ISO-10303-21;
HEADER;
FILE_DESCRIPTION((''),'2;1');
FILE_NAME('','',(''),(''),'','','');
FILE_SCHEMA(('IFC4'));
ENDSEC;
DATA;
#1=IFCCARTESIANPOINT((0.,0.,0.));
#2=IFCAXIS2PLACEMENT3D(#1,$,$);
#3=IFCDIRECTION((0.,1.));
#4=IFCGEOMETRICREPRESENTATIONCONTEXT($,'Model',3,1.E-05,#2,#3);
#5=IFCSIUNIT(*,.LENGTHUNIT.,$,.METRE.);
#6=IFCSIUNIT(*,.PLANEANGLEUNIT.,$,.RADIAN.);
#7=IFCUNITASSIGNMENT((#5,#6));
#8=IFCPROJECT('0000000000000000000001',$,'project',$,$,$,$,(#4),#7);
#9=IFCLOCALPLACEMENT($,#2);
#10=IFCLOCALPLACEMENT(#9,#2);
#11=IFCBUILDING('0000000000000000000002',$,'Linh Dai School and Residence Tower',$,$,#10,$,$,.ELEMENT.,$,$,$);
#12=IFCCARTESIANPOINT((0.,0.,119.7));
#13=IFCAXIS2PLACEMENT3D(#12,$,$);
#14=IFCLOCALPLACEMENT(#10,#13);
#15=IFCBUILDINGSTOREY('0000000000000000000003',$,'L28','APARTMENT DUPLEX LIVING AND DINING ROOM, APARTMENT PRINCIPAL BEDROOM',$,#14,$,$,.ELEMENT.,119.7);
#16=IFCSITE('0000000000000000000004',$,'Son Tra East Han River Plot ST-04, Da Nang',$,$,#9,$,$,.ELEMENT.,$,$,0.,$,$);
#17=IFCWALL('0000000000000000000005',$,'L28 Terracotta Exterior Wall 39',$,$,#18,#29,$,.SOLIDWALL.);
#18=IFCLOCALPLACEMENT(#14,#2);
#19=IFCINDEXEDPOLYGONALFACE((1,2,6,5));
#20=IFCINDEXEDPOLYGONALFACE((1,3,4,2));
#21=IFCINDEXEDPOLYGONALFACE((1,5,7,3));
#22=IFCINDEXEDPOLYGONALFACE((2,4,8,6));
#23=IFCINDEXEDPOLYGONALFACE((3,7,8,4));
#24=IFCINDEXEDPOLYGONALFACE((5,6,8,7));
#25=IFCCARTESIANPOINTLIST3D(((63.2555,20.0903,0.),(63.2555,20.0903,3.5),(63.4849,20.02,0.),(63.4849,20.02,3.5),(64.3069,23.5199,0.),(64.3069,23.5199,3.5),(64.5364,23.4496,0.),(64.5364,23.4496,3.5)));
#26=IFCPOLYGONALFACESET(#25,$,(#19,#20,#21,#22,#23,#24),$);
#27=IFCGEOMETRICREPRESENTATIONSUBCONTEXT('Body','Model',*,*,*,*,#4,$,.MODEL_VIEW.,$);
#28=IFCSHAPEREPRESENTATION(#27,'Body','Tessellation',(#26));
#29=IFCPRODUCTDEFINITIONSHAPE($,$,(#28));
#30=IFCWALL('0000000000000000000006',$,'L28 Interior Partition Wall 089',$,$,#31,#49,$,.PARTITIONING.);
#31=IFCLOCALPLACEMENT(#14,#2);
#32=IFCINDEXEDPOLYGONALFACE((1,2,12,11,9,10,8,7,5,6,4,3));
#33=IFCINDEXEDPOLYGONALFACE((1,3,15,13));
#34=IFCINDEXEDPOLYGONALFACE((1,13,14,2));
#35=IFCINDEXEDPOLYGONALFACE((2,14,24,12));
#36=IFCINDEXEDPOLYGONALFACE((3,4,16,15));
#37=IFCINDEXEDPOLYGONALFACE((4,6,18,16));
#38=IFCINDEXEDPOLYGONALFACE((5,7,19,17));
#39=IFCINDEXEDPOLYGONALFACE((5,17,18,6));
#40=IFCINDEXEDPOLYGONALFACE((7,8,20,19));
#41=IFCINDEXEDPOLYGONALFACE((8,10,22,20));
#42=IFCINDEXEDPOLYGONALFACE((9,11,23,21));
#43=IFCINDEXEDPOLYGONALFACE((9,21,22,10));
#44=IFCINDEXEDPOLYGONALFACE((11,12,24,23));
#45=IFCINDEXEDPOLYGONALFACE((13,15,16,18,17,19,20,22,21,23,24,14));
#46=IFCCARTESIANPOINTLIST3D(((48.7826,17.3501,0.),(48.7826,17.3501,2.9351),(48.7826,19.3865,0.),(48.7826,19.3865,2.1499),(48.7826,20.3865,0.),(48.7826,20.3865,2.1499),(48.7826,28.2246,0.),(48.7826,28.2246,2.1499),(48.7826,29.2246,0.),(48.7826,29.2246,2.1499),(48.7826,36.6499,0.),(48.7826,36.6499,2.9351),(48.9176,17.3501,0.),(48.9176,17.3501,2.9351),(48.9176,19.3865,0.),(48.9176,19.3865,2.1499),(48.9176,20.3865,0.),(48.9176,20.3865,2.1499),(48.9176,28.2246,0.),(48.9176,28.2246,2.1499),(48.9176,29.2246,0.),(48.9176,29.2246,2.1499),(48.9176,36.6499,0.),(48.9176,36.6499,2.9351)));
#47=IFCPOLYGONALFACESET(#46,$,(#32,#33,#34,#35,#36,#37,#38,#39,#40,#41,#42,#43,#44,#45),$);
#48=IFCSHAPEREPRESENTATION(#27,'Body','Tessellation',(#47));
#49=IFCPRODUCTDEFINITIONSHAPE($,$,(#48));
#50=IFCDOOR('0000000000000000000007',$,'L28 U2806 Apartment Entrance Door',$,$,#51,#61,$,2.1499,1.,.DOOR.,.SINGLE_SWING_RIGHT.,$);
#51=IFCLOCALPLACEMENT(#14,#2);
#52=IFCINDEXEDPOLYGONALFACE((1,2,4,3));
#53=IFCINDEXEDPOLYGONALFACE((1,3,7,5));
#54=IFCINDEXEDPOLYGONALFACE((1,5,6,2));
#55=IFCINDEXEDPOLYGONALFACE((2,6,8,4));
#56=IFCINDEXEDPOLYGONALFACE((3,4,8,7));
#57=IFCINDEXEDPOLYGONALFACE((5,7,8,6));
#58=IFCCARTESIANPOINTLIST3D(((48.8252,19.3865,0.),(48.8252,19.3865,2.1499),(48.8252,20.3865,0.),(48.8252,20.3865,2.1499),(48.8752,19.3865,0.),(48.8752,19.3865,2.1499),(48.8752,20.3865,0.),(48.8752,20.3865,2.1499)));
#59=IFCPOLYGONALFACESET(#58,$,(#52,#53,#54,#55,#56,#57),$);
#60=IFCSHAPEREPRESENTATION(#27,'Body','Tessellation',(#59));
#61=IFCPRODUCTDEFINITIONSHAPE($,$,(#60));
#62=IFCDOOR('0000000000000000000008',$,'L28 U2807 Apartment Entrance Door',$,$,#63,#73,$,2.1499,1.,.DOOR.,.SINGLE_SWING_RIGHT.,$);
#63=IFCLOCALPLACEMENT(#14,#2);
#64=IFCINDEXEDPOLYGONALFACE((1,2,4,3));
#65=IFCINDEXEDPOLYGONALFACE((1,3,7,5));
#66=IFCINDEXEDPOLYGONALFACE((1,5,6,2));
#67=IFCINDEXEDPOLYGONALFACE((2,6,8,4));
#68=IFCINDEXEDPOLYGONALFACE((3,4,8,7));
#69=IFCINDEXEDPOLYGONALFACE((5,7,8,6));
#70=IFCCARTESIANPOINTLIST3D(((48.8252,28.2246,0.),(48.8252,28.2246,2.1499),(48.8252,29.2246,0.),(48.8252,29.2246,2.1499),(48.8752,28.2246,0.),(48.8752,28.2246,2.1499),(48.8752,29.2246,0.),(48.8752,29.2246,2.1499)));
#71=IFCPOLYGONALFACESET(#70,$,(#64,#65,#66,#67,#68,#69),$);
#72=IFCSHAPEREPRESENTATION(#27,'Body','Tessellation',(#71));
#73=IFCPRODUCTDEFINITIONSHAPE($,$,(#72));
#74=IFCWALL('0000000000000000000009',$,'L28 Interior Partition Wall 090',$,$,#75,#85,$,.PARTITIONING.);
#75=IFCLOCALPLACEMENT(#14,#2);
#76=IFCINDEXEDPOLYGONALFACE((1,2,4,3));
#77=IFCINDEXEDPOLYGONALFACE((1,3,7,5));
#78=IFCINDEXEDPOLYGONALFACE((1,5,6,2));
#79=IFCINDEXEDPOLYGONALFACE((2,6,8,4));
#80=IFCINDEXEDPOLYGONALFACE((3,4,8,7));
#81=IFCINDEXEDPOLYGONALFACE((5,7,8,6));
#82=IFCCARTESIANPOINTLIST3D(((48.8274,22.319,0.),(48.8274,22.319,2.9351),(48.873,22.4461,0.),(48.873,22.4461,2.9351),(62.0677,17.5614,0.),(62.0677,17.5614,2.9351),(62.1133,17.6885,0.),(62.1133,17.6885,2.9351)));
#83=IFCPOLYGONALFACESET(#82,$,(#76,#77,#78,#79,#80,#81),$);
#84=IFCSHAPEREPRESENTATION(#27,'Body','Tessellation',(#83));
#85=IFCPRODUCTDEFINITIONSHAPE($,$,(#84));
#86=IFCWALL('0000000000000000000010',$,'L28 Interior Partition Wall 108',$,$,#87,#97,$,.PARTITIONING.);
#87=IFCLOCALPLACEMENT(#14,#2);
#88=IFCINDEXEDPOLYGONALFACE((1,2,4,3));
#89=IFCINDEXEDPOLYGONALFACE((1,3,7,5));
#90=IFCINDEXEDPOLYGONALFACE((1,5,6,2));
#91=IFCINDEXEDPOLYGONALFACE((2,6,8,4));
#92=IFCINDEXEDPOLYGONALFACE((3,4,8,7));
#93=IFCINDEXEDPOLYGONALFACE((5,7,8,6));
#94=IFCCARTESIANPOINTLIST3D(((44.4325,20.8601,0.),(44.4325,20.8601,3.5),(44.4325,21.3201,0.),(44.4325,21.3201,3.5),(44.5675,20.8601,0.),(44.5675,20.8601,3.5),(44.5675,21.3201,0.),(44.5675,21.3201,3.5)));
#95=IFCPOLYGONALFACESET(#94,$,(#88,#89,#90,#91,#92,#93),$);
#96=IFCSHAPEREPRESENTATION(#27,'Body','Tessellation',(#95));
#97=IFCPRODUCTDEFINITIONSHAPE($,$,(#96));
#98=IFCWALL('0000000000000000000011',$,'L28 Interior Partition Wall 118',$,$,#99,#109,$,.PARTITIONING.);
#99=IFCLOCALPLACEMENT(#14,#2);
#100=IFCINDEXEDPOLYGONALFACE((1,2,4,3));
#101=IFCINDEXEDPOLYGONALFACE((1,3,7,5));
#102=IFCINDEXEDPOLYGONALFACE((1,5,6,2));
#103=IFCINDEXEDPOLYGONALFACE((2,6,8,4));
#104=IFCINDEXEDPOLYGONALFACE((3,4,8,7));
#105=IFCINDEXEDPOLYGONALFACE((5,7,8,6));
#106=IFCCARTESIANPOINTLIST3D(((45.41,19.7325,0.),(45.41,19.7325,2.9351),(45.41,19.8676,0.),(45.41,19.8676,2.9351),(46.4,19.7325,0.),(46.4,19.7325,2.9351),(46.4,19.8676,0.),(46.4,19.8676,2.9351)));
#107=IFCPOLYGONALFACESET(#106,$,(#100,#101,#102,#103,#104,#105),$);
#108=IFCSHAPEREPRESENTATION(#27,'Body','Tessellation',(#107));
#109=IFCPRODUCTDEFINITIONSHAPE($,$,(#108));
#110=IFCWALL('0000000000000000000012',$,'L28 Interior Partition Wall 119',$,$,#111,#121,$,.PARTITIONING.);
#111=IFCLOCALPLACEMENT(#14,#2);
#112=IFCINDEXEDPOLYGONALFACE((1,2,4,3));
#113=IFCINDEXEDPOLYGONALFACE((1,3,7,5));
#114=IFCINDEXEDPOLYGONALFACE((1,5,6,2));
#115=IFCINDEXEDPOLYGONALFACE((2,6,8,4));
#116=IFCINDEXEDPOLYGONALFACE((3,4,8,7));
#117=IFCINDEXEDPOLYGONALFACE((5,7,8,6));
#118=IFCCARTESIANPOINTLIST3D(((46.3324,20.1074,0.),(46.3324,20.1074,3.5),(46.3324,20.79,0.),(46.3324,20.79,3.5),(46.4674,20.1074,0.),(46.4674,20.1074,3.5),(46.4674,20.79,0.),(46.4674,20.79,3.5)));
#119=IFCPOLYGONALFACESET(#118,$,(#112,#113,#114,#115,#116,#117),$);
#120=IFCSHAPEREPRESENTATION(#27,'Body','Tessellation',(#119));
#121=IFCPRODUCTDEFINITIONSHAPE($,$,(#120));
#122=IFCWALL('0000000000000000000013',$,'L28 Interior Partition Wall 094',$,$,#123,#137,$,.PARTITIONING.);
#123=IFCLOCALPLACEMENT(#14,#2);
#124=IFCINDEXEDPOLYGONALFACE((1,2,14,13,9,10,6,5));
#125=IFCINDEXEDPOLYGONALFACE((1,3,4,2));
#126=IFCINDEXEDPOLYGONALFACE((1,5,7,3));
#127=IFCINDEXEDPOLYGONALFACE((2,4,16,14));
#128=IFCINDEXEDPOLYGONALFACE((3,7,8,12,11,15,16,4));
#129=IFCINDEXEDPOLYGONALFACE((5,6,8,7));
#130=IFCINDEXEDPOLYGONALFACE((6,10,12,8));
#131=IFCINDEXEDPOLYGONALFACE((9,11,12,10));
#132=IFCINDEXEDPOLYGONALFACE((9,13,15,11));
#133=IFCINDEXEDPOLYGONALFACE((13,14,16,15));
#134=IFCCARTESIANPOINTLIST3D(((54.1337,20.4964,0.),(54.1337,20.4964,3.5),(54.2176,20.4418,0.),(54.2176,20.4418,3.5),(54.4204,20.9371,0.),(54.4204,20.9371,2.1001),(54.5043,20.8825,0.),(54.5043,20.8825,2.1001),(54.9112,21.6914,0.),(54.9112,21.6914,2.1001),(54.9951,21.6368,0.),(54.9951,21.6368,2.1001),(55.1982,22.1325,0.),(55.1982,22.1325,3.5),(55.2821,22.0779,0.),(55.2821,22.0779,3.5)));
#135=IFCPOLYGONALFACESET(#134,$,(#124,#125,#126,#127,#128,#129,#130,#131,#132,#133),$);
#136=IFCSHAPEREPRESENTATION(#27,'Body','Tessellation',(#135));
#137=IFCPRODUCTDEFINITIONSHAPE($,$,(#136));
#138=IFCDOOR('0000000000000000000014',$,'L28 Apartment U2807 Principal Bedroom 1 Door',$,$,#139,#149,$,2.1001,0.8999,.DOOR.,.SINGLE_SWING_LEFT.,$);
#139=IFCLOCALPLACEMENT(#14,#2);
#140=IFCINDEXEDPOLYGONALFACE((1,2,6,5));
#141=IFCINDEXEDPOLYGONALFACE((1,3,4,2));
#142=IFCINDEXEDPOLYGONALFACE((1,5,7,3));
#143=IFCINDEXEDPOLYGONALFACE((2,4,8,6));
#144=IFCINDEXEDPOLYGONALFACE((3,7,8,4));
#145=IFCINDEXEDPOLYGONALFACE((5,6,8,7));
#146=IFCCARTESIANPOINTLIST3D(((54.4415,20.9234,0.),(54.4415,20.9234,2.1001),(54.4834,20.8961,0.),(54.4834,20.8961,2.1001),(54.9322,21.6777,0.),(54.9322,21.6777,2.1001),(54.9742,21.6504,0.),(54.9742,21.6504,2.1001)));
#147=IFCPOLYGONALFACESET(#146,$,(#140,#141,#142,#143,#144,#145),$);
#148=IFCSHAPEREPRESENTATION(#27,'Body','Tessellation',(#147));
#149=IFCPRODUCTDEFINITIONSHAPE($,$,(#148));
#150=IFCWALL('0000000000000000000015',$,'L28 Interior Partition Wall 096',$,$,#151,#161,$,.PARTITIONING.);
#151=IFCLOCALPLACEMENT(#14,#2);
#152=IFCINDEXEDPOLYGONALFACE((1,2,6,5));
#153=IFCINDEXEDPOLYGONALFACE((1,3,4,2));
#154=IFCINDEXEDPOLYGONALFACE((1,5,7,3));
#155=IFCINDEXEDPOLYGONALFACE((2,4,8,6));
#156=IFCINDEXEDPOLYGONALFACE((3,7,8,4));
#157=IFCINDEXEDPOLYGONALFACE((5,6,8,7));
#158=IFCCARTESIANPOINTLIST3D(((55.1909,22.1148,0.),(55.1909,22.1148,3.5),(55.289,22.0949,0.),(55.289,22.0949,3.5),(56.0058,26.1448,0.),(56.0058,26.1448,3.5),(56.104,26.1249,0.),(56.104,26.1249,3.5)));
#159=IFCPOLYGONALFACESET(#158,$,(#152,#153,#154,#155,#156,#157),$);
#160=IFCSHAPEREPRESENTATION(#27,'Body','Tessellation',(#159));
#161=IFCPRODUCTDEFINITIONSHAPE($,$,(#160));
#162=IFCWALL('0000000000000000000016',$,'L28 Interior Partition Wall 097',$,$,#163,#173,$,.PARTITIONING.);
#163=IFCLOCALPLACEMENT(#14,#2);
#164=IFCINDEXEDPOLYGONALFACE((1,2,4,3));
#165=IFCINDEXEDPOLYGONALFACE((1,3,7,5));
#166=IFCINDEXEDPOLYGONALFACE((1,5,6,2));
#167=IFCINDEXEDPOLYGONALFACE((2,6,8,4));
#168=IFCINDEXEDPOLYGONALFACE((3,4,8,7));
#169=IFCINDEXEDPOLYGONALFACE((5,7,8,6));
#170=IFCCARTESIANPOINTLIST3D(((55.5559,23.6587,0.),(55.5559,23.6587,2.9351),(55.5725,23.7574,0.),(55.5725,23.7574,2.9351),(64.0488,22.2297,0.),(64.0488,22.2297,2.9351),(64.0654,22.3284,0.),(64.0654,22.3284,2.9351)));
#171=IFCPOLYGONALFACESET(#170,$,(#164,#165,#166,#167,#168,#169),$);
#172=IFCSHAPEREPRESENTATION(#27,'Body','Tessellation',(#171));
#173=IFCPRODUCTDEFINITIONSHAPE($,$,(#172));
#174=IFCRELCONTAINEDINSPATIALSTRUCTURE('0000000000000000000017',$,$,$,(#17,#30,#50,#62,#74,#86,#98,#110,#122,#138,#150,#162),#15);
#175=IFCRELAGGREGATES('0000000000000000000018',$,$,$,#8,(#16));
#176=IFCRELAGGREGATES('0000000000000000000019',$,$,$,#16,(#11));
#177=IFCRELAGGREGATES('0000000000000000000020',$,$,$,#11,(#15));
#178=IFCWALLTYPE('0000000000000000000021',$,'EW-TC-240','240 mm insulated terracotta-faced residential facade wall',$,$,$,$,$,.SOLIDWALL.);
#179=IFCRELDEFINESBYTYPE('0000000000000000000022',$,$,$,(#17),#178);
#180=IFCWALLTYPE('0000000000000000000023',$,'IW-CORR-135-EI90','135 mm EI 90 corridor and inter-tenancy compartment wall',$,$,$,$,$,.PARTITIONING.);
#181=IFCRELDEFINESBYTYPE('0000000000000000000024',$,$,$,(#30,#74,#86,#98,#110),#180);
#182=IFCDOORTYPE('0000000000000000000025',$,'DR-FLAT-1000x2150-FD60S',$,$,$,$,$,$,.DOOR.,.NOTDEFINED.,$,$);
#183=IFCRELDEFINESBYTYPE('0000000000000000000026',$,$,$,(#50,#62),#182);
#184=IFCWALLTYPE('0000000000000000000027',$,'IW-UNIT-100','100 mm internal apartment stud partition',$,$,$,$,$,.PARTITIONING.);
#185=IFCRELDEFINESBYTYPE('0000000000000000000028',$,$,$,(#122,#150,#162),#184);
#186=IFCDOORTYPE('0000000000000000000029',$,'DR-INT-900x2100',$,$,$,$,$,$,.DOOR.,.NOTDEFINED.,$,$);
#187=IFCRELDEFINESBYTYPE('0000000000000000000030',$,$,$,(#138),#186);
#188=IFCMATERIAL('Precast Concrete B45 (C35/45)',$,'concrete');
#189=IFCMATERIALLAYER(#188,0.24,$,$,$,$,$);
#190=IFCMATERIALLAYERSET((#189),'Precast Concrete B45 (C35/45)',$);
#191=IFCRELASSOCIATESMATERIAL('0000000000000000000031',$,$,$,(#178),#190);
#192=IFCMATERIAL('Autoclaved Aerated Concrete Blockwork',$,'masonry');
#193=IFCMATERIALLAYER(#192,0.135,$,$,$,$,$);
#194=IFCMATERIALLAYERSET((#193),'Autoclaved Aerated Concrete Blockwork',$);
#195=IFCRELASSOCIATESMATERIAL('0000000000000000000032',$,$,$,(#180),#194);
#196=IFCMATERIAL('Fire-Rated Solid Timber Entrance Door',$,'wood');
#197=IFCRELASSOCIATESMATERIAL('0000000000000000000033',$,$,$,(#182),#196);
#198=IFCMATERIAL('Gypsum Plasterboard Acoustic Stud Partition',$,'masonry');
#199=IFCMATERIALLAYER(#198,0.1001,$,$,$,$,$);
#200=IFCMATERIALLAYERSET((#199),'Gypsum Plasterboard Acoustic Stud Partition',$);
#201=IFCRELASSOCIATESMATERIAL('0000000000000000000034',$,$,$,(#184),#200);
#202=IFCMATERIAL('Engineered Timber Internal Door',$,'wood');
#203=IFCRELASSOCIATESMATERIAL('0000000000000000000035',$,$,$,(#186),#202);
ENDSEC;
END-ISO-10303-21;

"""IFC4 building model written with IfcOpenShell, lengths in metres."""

from ifc_helpers import new_model, si_unit, direction, frame, frame_2d, origin, origin_2d, place, context, subcontext, project, spatial, rectangle, extrude, source, transform, mapped, material, layer, layer_set, type_object, element, fill, save


model = new_model("IFC4")

# Units and contexts
model_context = context("Model", 3, precision=1e-05, world=origin(), true_north=direction((0.0, 1.0)))
body_context = subcontext(model_context, "Body", "Model", "MODEL_VIEW")
ifc_project = project(units=[si_unit("LENGTHUNIT", "METRE"), si_unit("PLANEANGLEUNIT", "RADIAN")], contexts=[model_context])

# Site, building, storey
site_placement = place(None, origin())
site = spatial("IfcSite", under=ifc_project, at=site_placement, Name="Son Tra East Han River Plot ST-04, Da Nang", CompositionType="ELEMENT", RefElevation=0.0)
building_placement = place(site_placement, origin())
building = spatial("IfcBuilding", under=site, at=building_placement, Name="Linh Dai School and Residence Tower", CompositionType="ELEMENT")
storey_placement = place(building_placement, frame((0.0, 0.0, 119.7)))
storey = spatial("IfcBuildingStorey", under=building, at=storey_placement, Name="L28", Description="APARTMENT DUPLEX LIVING AND DINING ROOM, APARTMENT PRINCIPAL BEDROOM", CompositionType="ELEMENT", Elevation=119.7)

# Shared definitions
ifc_material_1 = material(Name="Precast Concrete B45 (C35/45)", Category="concrete")
ifc_layer_1 = layer(ifc_material_1, 0.24)
ifc_layer_set_1 = layer_set([ifc_layer_1], Name="Precast Concrete B45 (C35/45)")
wall_type_1 = type_object("IfcWallType", Name="EW-TC-240", Description="240 mm insulated terracotta-faced residential facade wall", PredefinedType="SOLIDWALL", material=ifc_layer_set_1)

# Wall
wall_1_placement = place(storey_placement, frame((64.4216, 23.4846, 0.0), z_axis=(0.0, 0.0, 1.0), x_axis=(-0.293124, -0.956074, 0.0)))
element("IfcWall", 1, at=wall_1_placement, inside=storey, type_object=wall_type_1, Name="L28 Terracotta Exterior Wall 39", PredefinedType="SOLIDWALL", context=body_context, shape_type="SweptSolid", body=[
    extrude(rectangle(XDim=3.5872, YDim=0.24, at=frame_2d((1.7935, 0.0))), origin(), (0.0, 0.0, 1.0), 3.5),
])

# Wall, openings, doors
ifc_material_2 = material(Name="Autoclaved Aerated Concrete Blockwork", Category="masonry")
ifc_layer_2 = layer(ifc_material_2, 0.135)
ifc_layer_set_2 = layer_set([ifc_layer_2], Name="Autoclaved Aerated Concrete Blockwork")
wall_type_2 = type_object("IfcWallType", Name="IW-CORR-135-EI90", Description="135 mm EI 90 corridor and inter-tenancy compartment wall", PredefinedType="PARTITIONING", material=ifc_layer_set_2)
wall_2_placement = place(storey_placement, frame((48.8501, 17.3501, 0.0), z_axis=(0.0, 0.0, 1.0), x_axis=(0.0, 1.0, 0.0)))
wall_2 = element("IfcWall", 2, at=wall_2_placement, inside=storey, type_object=wall_type_2, Name="L28 Interior Partition Wall 089", PredefinedType="PARTITIONING", context=body_context, shape_type="SweptSolid", body=[
    extrude(rectangle(XDim=19.2998, YDim=0.135, at=frame_2d((9.6499, 0.0))), origin(), (0.0, 0.0, 1.0), 2.9351),
])
opening_1_placement = place(wall_2_placement, frame((2.0364, 0.0, 0.0)))
opening_1 = element("IfcOpeningElement", 3, at=opening_1_placement, cuts=wall_2, PredefinedType="OPENING", context=body_context, shape_type="SweptSolid", body=[
    extrude(rectangle(XDim=1.0, YDim=2.1499, at=origin_2d()), frame((0.5, 0.0776, 1.075), z_axis=(0.0, -1.0, 0.0), x_axis=(1.0, 0.0, 0.0)), (0.0, 0.0, 1.0), 0.155),
])
opening_2_placement = place(wall_2_placement, frame((10.8745, 0.0, 0.0)))
opening_2 = element("IfcOpeningElement", 4, at=opening_2_placement, cuts=wall_2, PredefinedType="OPENING", context=body_context, shape_type="SweptSolid", body=[
    extrude(rectangle(XDim=1.0, YDim=2.1499, at=origin_2d()), frame((0.5, 0.0776, 1.075), z_axis=(0.0, -1.0, 0.0), x_axis=(1.0, 0.0, 0.0)), (0.0, 0.0, 1.0), 0.155),
])
ifc_material_3 = material(Name="Fire-Rated Solid Timber Entrance Door", Category="wood")
door_type_1 = type_object("IfcDoorType", Name="DR-FLAT-1000x2150-FD60S", OperationType="NOTDEFINED", PredefinedType="DOOR", material=ifc_material_3)
shared_shape_1 = source(origin(), body_context, "Body", "SweptSolid", [
    extrude(rectangle(XDim=1.0, YDim=2.1499, at=origin_2d()), frame((0.5, 0.0249, 1.075), z_axis=(0.0, -1.0, 0.0), x_axis=(1.0, 0.0, 0.0)), (0.0, 0.0, 1.0), 0.05),
])
door_1_placement = place(opening_1_placement, origin())
door_1 = element("IfcDoor", 5, at=door_1_placement, inside=storey, type_object=door_type_1, Name="L28 U2806 Apartment Entrance Door", OperationType="SINGLE_SWING_RIGHT", OverallHeight=2.1499, OverallWidth=1.0, PredefinedType="DOOR", context=body_context, shape_type="MappedRepresentation", body=[
    mapped(shared_shape_1, transform((0.0, 0.0, 0.0), x_axis=(1.0, 0.0, 0.0), y_axis=(0.0, 1.0, 0.0), z_axis=(0.0, 0.0, 1.0), scale=1.0)),
])
fill(opening_1, door_1)
door_2_placement = place(opening_2_placement, origin())
door_2 = element("IfcDoor", 6, at=door_2_placement, inside=storey, type_object=door_type_1, Name="L28 U2807 Apartment Entrance Door", OperationType="SINGLE_SWING_RIGHT", OverallHeight=2.1499, OverallWidth=1.0, PredefinedType="DOOR", context=body_context, shape_type="MappedRepresentation", body=[
    mapped(shared_shape_1, transform((0.0, 0.0, 0.0), x_axis=(1.0, 0.0, 0.0), y_axis=(0.0, 1.0, 0.0), z_axis=(0.0, 0.0, 1.0), scale=1.0)),
])
fill(opening_2, door_2)

# Walls
wall_3_placement = place(storey_placement, frame((48.8501, 22.3826, 0.0), z_axis=(0.0, 0.0, 1.0), x_axis=(0.941089, -0.338158, 0.0)))
element("IfcWall", 7, at=wall_3_placement, inside=storey, type_object=wall_type_2, Name="L28 Interior Partition Wall 090", PredefinedType="PARTITIONING", context=body_context, shape_type="SweptSolid", body=[
    extrude(rectangle(XDim=14.0691, YDim=0.135, at=frame_2d((7.0347, 0.0))), origin(), (0.0, 0.0, 1.0), 2.9351),
])
wall_4_placement = place(storey_placement, frame((44.5, 20.8601, 0.0), z_axis=(0.0, 0.0, 1.0), x_axis=(0.0, 1.0, 0.0)))
element("IfcWall", 8, at=wall_4_placement, inside=storey, type_object=wall_type_2, Name="L28 Interior Partition Wall 108", PredefinedType="PARTITIONING", context=body_context, shape_type="SweptSolid", body=[
    extrude(rectangle(XDim=0.46, YDim=0.135, at=frame_2d((0.23, 0.0))), origin(), (0.0, 0.0, 1.0), 3.5),
])
wall_5_placement = place(storey_placement, frame((45.4099, 19.8, 0.0), z_axis=(0.0, 0.0, 1.0), x_axis=(1.0, 0.0, 0.0)))
element("IfcWall", 9, at=wall_5_placement, inside=storey, type_object=wall_type_2, Name="L28 Interior Partition Wall 118", PredefinedType="PARTITIONING", context=body_context, shape_type="SweptSolid", body=[
    extrude(rectangle(XDim=0.99, YDim=0.135, at=frame_2d((0.4951, 0.0))), origin(), (0.0, 0.0, 1.0), 2.9351),
])
wall_6_placement = place(storey_placement, frame((46.3999, 20.1074, 0.0), z_axis=(0.0, 0.0, 1.0), x_axis=(0.0, 1.0, 0.0)))
element("IfcWall", 10, at=wall_6_placement, inside=storey, type_object=wall_type_2, Name="L28 Interior Partition Wall 119", PredefinedType="PARTITIONING", context=body_context, shape_type="SweptSolid", body=[
    extrude(rectangle(XDim=0.6826, YDim=0.135, at=frame_2d((0.3413, 0.0))), origin(), (0.0, 0.0, 1.0), 3.5),
])

# Wall, opening, door
ifc_material_4 = material(Name="Gypsum Plasterboard Acoustic Stud Partition", Category="masonry")
ifc_layer_3 = layer(ifc_material_4, 0.1001)
ifc_layer_set_3 = layer_set([ifc_layer_3], Name="Gypsum Plasterboard Acoustic Stud Partition")
wall_type_3 = type_object("IfcWallType", Name="IW-UNIT-100", Description="100 mm internal apartment stud partition", PredefinedType="PARTITIONING", material=ifc_layer_set_3)
wall_7_placement = place(storey_placement, frame((54.1755, 20.469, 0.0), z_axis=(0.0, 0.0, 1.0), x_axis=(0.545371, 0.838195, 0.0)))
wall_7 = element("IfcWall", 11, at=wall_7_placement, inside=storey, type_object=wall_type_3, Name="L28 Interior Partition Wall 094", PredefinedType="PARTITIONING", context=body_context, shape_type="SweptSolid", body=[
    extrude(rectangle(XDim=1.9519, YDim=0.1001, at=frame_2d((0.9761, 0.0))), origin(), (0.0, 0.0, 1.0), 3.5),
])
opening_3_placement = place(wall_7_placement, frame((0.5259, 0.0, 0.0)))
opening_3 = element("IfcOpeningElement", 12, at=opening_3_placement, cuts=wall_7, PredefinedType="OPENING", context=body_context, shape_type="SweptSolid", body=[
    extrude(rectangle(XDim=0.8999, YDim=2.1001, at=origin_2d()), frame((0.45, 0.0601, 1.05), z_axis=(0.0, -1.0, 0.0), x_axis=(1.0, 0.0, 0.0)), (0.0, 0.0, 1.0), 0.1201),
])
ifc_material_5 = material(Name="Engineered Timber Internal Door", Category="wood")
door_type_2 = type_object("IfcDoorType", Name="DR-INT-900x2100", OperationType="NOTDEFINED", PredefinedType="DOOR", material=ifc_material_5)
shared_shape_2 = source(origin(), body_context, "Body", "SweptSolid", [
    extrude(rectangle(XDim=0.8999, YDim=2.1001, at=origin_2d()), frame((0.45, 0.0249, 1.05), z_axis=(0.0, -1.0, 0.0), x_axis=(1.0, 0.0, 0.0)), (0.0, 0.0, 1.0), 0.05),
])
door_3_placement = place(opening_3_placement, origin())
door_3 = element("IfcDoor", 13, at=door_3_placement, inside=storey, type_object=door_type_2, Name="L28 Apartment U2807 Principal Bedroom 1 Door", OperationType="SINGLE_SWING_LEFT", OverallHeight=2.1001, OverallWidth=0.8999, PredefinedType="DOOR", context=body_context, shape_type="MappedRepresentation", body=[
    mapped(shared_shape_2, transform((0.0, 0.0, 0.0), x_axis=(1.0, 0.0, 0.0), y_axis=(0.0, 1.0, 0.0), z_axis=(0.0, 0.0, 1.0), scale=1.0)),
])
fill(opening_3, door_3)

# Walls
wall_8_placement = place(storey_placement, frame((55.24, 22.105, 0.0), z_axis=(0.0, 0.0, 1.0), x_axis=(0.198205, 0.980161, 0.0)))
element("IfcWall", 14, at=wall_8_placement, inside=storey, type_object=wall_type_3, Name="L28 Interior Partition Wall 096", PredefinedType="PARTITIONING", context=body_context, shape_type="SweptSolid", body=[
    extrude(rectangle(XDim=4.1116, YDim=0.1001, at=frame_2d((2.0557, 0.0))), origin(), (0.0, 0.0, 1.0), 3.5),
])
wall_9_placement = place(storey_placement, frame((55.5642, 23.708, 0.0), z_axis=(0.0, 0.0, 1.0), x_axis=(0.986139, -0.16592, 0.0)))
element("IfcWall", 15, at=wall_9_placement, inside=storey, type_object=wall_type_3, Name="L28 Interior Partition Wall 097", PredefinedType="PARTITIONING", context=body_context, shape_type="SweptSolid", body=[
    extrude(rectangle(XDim=8.6123, YDim=0.1001, at=frame_2d((4.3062, 0.0))), origin(), (0.0, 0.0, 1.0), 2.9351),
])

save(model, "model.ifc")
